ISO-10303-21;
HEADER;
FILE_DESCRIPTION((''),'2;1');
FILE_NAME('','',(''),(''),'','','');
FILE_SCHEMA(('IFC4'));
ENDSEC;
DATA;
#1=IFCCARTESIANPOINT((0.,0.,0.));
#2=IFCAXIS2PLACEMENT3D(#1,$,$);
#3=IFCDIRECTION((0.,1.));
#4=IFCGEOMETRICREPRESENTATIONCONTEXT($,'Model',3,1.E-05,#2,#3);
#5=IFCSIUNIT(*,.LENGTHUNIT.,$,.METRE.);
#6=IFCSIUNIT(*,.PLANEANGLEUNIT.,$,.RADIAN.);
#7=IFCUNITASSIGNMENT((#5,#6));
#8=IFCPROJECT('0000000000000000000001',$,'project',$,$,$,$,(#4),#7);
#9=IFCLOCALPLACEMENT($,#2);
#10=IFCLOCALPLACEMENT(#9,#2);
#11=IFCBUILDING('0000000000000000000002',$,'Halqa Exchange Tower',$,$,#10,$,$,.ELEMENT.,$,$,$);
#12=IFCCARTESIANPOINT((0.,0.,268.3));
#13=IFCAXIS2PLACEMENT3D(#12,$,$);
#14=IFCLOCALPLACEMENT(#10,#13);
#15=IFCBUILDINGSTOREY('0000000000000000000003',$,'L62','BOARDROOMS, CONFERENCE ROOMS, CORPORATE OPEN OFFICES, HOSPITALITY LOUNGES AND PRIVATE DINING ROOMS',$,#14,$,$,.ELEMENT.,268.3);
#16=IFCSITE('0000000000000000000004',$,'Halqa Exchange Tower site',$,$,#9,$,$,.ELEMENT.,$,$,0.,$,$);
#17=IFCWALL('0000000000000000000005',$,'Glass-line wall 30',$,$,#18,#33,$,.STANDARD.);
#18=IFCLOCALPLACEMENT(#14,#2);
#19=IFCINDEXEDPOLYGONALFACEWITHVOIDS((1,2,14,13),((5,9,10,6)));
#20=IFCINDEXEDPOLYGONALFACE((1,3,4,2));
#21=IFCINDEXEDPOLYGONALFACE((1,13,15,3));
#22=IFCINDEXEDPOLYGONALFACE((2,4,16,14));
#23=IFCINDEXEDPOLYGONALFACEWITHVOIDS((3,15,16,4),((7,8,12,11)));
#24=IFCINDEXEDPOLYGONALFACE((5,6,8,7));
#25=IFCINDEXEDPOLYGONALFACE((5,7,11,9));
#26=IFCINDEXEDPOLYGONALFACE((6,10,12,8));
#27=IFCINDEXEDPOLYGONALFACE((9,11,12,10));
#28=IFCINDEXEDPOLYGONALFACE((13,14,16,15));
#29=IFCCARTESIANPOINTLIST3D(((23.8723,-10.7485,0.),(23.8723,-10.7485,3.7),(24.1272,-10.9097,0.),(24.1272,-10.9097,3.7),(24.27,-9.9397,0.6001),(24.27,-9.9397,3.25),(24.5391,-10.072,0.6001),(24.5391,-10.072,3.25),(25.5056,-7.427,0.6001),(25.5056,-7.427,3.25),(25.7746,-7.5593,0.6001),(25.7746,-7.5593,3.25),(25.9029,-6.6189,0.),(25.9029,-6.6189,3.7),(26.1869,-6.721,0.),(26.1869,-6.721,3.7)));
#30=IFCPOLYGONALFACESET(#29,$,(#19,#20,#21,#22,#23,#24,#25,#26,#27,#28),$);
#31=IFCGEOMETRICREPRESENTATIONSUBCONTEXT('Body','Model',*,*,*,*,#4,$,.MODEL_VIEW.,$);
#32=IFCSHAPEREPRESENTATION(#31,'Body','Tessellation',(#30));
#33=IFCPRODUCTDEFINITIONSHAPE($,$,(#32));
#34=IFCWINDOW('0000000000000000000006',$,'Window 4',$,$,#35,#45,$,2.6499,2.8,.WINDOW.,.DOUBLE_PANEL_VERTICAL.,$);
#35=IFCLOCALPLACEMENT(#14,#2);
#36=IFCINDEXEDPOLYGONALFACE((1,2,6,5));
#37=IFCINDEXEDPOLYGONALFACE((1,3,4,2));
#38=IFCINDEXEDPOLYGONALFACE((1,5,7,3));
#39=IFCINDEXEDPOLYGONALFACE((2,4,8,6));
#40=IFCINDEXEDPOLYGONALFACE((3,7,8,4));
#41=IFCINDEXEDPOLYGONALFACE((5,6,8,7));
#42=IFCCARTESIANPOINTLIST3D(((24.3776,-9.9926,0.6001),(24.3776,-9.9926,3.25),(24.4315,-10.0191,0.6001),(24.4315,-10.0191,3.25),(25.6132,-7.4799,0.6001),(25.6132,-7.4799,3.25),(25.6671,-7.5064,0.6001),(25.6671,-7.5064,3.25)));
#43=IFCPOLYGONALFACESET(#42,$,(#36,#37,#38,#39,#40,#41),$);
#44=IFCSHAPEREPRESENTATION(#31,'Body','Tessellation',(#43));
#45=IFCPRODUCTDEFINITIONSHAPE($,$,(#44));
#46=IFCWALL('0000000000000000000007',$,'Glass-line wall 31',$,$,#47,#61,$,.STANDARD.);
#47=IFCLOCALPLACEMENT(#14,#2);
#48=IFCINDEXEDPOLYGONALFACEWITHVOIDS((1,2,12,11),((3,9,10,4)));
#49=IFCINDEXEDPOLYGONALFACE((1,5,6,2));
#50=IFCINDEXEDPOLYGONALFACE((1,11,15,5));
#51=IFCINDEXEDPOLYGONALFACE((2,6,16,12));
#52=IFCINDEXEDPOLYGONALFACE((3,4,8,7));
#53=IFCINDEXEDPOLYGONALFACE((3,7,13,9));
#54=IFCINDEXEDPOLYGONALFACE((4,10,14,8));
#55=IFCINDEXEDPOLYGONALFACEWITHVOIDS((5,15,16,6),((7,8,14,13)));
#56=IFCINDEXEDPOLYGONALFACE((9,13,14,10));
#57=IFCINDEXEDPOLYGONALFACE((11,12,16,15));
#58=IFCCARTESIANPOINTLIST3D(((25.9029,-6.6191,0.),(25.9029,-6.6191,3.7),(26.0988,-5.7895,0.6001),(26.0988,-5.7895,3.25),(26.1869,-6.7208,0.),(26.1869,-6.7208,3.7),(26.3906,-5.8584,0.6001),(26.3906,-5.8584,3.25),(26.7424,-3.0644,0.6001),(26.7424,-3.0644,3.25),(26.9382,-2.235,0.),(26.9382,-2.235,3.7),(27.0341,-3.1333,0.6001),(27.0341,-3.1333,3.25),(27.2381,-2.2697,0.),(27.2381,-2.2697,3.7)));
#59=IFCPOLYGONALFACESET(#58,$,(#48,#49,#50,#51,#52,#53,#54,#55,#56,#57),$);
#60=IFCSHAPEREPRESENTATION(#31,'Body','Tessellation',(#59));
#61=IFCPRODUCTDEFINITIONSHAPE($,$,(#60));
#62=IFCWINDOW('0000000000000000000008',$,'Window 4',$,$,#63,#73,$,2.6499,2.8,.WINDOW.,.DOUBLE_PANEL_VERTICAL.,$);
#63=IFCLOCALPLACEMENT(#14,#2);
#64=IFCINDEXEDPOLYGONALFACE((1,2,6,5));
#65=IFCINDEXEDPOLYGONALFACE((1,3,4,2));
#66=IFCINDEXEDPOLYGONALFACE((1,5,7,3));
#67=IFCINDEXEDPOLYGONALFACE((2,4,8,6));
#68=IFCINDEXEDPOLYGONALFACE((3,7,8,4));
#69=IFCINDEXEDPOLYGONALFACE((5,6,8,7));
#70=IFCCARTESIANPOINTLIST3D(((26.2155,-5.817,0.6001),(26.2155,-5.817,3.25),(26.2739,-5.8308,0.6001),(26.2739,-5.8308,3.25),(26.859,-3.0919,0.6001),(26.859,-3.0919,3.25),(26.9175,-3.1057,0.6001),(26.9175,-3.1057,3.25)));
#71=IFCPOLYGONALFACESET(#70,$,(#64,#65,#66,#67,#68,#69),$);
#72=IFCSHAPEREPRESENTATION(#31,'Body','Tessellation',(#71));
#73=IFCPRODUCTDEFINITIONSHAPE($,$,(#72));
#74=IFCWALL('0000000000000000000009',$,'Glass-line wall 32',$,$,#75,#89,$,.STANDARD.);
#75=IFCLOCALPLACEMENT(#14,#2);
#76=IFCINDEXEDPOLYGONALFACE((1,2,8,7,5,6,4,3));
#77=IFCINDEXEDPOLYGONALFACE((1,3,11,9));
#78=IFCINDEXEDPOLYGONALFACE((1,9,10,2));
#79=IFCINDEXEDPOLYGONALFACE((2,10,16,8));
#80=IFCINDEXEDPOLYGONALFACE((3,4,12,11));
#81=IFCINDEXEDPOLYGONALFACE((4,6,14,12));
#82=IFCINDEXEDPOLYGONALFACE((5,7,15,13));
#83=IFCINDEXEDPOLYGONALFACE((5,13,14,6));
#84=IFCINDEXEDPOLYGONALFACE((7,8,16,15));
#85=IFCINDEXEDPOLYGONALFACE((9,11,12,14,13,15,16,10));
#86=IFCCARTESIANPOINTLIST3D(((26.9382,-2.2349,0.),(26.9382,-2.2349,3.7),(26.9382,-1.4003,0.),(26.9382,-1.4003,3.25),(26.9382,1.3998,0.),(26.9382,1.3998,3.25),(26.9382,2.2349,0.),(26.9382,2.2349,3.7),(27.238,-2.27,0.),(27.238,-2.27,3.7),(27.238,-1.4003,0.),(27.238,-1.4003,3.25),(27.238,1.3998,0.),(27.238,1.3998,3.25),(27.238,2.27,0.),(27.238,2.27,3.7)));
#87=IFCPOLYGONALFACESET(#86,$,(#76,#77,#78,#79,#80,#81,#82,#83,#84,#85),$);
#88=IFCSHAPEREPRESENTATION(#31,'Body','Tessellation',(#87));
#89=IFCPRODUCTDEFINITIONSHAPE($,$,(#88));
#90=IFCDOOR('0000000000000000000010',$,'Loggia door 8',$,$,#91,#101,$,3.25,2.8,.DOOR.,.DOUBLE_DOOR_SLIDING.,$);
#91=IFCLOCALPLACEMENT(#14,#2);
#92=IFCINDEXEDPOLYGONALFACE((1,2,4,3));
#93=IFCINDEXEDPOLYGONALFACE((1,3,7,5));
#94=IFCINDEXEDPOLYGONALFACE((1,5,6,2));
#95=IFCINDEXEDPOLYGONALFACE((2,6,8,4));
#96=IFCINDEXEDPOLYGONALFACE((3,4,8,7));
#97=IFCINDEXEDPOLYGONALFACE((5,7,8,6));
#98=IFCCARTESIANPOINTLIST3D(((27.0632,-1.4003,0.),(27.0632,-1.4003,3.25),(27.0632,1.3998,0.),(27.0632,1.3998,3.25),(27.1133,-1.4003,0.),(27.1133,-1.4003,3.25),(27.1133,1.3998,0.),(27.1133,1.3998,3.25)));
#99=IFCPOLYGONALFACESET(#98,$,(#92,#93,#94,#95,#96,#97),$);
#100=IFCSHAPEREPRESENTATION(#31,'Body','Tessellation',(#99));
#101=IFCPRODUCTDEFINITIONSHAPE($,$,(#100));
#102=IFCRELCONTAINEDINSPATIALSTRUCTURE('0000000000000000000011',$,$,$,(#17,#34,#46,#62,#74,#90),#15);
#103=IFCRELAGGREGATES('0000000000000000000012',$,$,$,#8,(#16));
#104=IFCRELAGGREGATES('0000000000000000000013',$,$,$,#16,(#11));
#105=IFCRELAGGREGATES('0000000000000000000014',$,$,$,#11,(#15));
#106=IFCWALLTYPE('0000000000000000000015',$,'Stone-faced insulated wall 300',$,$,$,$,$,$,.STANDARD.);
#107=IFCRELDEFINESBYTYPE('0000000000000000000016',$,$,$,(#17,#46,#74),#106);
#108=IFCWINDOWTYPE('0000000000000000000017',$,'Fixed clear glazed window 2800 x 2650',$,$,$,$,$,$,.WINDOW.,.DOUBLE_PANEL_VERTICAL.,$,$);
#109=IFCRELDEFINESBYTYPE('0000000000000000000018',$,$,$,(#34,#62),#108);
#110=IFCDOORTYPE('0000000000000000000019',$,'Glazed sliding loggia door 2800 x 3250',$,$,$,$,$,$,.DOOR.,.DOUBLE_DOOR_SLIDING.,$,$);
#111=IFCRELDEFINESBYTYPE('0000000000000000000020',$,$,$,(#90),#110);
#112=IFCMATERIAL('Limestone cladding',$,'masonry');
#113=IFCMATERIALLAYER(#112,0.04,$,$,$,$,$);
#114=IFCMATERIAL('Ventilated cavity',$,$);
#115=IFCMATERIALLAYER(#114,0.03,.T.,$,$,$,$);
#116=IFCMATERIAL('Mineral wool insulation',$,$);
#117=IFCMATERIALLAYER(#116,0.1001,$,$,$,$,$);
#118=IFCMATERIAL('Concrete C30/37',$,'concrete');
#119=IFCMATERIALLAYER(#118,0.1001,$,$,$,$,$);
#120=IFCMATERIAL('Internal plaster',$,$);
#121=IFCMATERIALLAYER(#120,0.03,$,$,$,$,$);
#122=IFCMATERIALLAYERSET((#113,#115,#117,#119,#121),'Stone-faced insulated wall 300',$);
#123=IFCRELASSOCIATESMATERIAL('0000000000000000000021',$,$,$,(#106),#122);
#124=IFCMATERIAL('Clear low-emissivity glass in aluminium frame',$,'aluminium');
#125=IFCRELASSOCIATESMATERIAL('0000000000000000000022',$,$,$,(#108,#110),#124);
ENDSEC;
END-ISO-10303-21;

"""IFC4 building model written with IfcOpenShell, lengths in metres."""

from ifc_helpers import new_model, si_unit, direction, frame, frame_2d, origin, place, context, subcontext, project, spatial, polyline, rectangle, outline, extrude, material, layer, layer_set, type_object, element, fill, save


model = new_model("IFC4")

# Units and contexts
model_context = context("Model", 3, precision=1e-05, world=origin(), true_north=direction((0.0, 1.0)))
body_context = subcontext(model_context, "Body", "Model", "MODEL_VIEW")
ifc_project = project(units=[si_unit("LENGTHUNIT", "METRE"), si_unit("PLANEANGLEUNIT", "RADIAN")], contexts=[model_context])

# Site, building, storey
site_placement = place(None, origin())
site = spatial("IfcSite", under=ifc_project, at=site_placement, Name="Halqa Exchange Tower site", CompositionType="ELEMENT", RefElevation=0.0)
building_placement = place(site_placement, origin())
building = spatial("IfcBuilding", under=site, at=building_placement, Name="Halqa Exchange Tower", CompositionType="ELEMENT")
storey_placement = place(building_placement, frame((0.0, 0.0, 268.3)))
storey = spatial("IfcBuildingStorey", under=building, at=storey_placement, Name="L62", Description="BOARDROOMS, CONFERENCE ROOMS, CORPORATE OPEN OFFICES, HOSPITALITY LOUNGES AND PRIVATE DINING ROOMS", CompositionType="ELEMENT", Elevation=268.3)

# Walls, openings, windows
ifc_material_1 = material(Name="Limestone cladding", Category="masonry")
ifc_layer_1 = layer(ifc_material_1, 0.04)
ifc_material_2 = material(Name="Ventilated cavity")
ifc_layer_2 = layer(ifc_material_2, 0.03, ventilated=True)
ifc_material_3 = material(Name="Mineral wool insulation")
ifc_layer_3 = layer(ifc_material_3, 0.1001)
ifc_material_4 = material(Name="Concrete C30/37", Category="concrete")
ifc_layer_4 = layer(ifc_material_4, 0.1001)
ifc_material_5 = material(Name="Internal plaster")
ifc_layer_5 = layer(ifc_material_5, 0.03)
ifc_layer_set_1 = layer_set([ifc_layer_1, ifc_layer_2, ifc_layer_3, ifc_layer_4, ifc_layer_5], Name="Stone-faced insulated wall 300")
wall_type_1 = type_object("IfcWallType", Name="Stone-faced insulated wall 300", PredefinedType="STANDARD", material=ifc_layer_set_1)
wall_1_placement = place(storey_placement, frame((23.9998, -10.8291, 0.0), z_axis=(0.0, 0.0, 1.0), x_axis=(0.441262, 0.897378, 0.0)))
wall_1 = element("IfcWall", 1, at=wall_1_placement, inside=storey, type_object=wall_type_1, Name="Glass-line wall 30", PredefinedType="STANDARD", context=body_context, shape_type="SweptSolid", body=[
    extrude(outline(polyline([(-0.0161, -0.1499), (4.6516, -0.1499), (4.6179, 0.1499), (0.0161, 0.1499), (-0.0161, -0.1499)])), origin(), (0.0, 0.0, 1.0), 3.7),
])
opening_1_placement = place(wall_1_placement, frame((0.9175, 0.0, 0.6001)))
opening_1 = element("IfcOpeningElement", 2, at=opening_1_placement, cuts=wall_1, PredefinedType="OPENING", context=body_context, shape_type="SweptSolid", body=[
    extrude(rectangle(XDim=2.8, YDim=2.6499, at=frame_2d((1.3999, 1.325))), frame((0.0, 0.1621, 0.0), z_axis=(0.0, -1.0, 0.0), x_axis=(1.0, 0.0, 0.0)), (0.0, 0.0, 1.0), 0.324),
])
ifc_material_6 = material(Name="Clear low-emissivity glass in aluminium frame", Category="aluminium")
window_type = type_object("IfcWindowType", Name="Fixed clear glazed window 2800 x 2650", PartitioningType="DOUBLE_PANEL_VERTICAL", PredefinedType="WINDOW", material=ifc_material_6)
window_1_placement = place(opening_1_placement, origin())
window_1 = element("IfcWindow", 3, at=window_1_placement, inside=storey, type_object=window_type, Name="Window 4", OverallHeight=2.6499, OverallWidth=2.8, PartitioningType="DOUBLE_PANEL_VERTICAL", PredefinedType="WINDOW", context=body_context, shape_type="SweptSolid", body=[
    extrude(rectangle(XDim=2.8, YDim=2.6499, at=frame_2d((1.3999, 1.325))), frame((0.0, 0.03, 0.0), z_axis=(0.0, -1.0, 0.0), x_axis=(1.0, 0.0, 0.0)), (0.0, 0.0, 1.0), 0.0601),
])
fill(opening_1, window_1)
wall_2_placement = place(storey_placement, frame((26.0449, -6.6699, 0.0), z_axis=(0.0, 0.0, 1.0), x_axis=(0.229834, 0.97323, 0.0)))
wall_2 = element("IfcWall", 4, at=wall_2_placement, inside=storey, type_object=wall_type_1, Name="Glass-line wall 31", PredefinedType="STANDARD", context=body_context, shape_type="SweptSolid", body=[
    extrude(outline(polyline([(-0.0168, -0.1499), (4.5566, -0.1499), (4.5215, 0.1499), (0.0168, 0.1499), (-0.0168, -0.1499)])), origin(), (0.0, 0.0, 1.0), 3.7),
])
opening_2_placement = place(wall_2_placement, frame((0.8694, 0.0, 0.6001)))
opening_2 = element("IfcOpeningElement", 5, at=opening_2_placement, cuts=wall_2, PredefinedType="OPENING", context=body_context, shape_type="SweptSolid", body=[
    extrude(rectangle(XDim=2.8, YDim=2.6499, at=frame_2d((1.3999, 1.325))), frame((0.0, 0.1621, 0.0), z_axis=(0.0, -1.0, 0.0), x_axis=(1.0, 0.0, 0.0)), (0.0, 0.0, 1.0), 0.324),
])
window_2_placement = place(opening_2_placement, origin())
window_2 = element("IfcWindow", 6, at=window_2_placement, inside=storey, type_object=window_type, Name="Window 4", OverallHeight=2.6499, OverallWidth=2.8, PartitioningType="DOUBLE_PANEL_VERTICAL", PredefinedType="WINDOW", context=body_context, shape_type="SweptSolid", body=[
    extrude(rectangle(XDim=2.8, YDim=2.6499, at=frame_2d((1.3999, 1.325))), frame((0.0, 0.03, 0.0), z_axis=(0.0, -1.0, 0.0), x_axis=(1.0, 0.0, 0.0)), (0.0, 0.0, 1.0), 0.0601),
])
fill(opening_2, window_2)

# Wall, opening, door
wall_3_placement = place(storey_placement, frame((27.0881, -2.2524, 0.0), z_axis=(0.0, 0.0, 1.0), x_axis=(0.0, 1.0, 0.0)))
wall_3 = element("IfcWall", 7, at=wall_3_placement, inside=storey, type_object=wall_type_1, Name="Glass-line wall 32", PredefinedType="STANDARD", context=body_context, shape_type="SweptSolid", body=[
    extrude(outline(polyline([(-0.0176, -0.1499), (4.5225, -0.1499), (4.4873, 0.1499), (0.0176, 0.1499), (-0.0176, -0.1499)])), origin(), (0.0, 0.0, 1.0), 3.7),
])
opening_3_placement = place(wall_3_placement, frame((0.8523, 0.0, 0.0)))
opening_3 = element("IfcOpeningElement", 8, at=opening_3_placement, cuts=wall_3, PredefinedType="OPENING", context=body_context, shape_type="SweptSolid", body=[
    extrude(rectangle(XDim=2.8, YDim=3.25, at=frame_2d((1.3999, 1.625))), frame((0.0, 0.1621, 0.0), z_axis=(0.0, -1.0, 0.0), x_axis=(1.0, 0.0, 0.0)), (0.0, 0.0, 1.0), 0.324),
])
door_type_1 = type_object("IfcDoorType", Name="Glazed sliding loggia door 2800 x 3250", OperationType="DOUBLE_DOOR_SLIDING", PredefinedType="DOOR", material=ifc_material_6)
door_1_placement = place(opening_3_placement, origin())
door_1 = element("IfcDoor", 9, at=door_1_placement, inside=storey, type_object=door_type_1, Name="Loggia door 8", OperationType="DOUBLE_DOOR_SLIDING", OverallHeight=3.25, OverallWidth=2.8, PredefinedType="DOOR", context=body_context, shape_type="SweptSolid", body=[
    extrude(rectangle(XDim=2.8, YDim=3.25, at=frame_2d((1.3999, 1.625))), frame((0.0, 0.0249, 0.0), z_axis=(0.0, -1.0, 0.0), x_axis=(1.0, 0.0, 0.0)), (0.0, 0.0, 1.0), 0.05),
])
fill(opening_3, door_1)

save(model, "model.ifc")
